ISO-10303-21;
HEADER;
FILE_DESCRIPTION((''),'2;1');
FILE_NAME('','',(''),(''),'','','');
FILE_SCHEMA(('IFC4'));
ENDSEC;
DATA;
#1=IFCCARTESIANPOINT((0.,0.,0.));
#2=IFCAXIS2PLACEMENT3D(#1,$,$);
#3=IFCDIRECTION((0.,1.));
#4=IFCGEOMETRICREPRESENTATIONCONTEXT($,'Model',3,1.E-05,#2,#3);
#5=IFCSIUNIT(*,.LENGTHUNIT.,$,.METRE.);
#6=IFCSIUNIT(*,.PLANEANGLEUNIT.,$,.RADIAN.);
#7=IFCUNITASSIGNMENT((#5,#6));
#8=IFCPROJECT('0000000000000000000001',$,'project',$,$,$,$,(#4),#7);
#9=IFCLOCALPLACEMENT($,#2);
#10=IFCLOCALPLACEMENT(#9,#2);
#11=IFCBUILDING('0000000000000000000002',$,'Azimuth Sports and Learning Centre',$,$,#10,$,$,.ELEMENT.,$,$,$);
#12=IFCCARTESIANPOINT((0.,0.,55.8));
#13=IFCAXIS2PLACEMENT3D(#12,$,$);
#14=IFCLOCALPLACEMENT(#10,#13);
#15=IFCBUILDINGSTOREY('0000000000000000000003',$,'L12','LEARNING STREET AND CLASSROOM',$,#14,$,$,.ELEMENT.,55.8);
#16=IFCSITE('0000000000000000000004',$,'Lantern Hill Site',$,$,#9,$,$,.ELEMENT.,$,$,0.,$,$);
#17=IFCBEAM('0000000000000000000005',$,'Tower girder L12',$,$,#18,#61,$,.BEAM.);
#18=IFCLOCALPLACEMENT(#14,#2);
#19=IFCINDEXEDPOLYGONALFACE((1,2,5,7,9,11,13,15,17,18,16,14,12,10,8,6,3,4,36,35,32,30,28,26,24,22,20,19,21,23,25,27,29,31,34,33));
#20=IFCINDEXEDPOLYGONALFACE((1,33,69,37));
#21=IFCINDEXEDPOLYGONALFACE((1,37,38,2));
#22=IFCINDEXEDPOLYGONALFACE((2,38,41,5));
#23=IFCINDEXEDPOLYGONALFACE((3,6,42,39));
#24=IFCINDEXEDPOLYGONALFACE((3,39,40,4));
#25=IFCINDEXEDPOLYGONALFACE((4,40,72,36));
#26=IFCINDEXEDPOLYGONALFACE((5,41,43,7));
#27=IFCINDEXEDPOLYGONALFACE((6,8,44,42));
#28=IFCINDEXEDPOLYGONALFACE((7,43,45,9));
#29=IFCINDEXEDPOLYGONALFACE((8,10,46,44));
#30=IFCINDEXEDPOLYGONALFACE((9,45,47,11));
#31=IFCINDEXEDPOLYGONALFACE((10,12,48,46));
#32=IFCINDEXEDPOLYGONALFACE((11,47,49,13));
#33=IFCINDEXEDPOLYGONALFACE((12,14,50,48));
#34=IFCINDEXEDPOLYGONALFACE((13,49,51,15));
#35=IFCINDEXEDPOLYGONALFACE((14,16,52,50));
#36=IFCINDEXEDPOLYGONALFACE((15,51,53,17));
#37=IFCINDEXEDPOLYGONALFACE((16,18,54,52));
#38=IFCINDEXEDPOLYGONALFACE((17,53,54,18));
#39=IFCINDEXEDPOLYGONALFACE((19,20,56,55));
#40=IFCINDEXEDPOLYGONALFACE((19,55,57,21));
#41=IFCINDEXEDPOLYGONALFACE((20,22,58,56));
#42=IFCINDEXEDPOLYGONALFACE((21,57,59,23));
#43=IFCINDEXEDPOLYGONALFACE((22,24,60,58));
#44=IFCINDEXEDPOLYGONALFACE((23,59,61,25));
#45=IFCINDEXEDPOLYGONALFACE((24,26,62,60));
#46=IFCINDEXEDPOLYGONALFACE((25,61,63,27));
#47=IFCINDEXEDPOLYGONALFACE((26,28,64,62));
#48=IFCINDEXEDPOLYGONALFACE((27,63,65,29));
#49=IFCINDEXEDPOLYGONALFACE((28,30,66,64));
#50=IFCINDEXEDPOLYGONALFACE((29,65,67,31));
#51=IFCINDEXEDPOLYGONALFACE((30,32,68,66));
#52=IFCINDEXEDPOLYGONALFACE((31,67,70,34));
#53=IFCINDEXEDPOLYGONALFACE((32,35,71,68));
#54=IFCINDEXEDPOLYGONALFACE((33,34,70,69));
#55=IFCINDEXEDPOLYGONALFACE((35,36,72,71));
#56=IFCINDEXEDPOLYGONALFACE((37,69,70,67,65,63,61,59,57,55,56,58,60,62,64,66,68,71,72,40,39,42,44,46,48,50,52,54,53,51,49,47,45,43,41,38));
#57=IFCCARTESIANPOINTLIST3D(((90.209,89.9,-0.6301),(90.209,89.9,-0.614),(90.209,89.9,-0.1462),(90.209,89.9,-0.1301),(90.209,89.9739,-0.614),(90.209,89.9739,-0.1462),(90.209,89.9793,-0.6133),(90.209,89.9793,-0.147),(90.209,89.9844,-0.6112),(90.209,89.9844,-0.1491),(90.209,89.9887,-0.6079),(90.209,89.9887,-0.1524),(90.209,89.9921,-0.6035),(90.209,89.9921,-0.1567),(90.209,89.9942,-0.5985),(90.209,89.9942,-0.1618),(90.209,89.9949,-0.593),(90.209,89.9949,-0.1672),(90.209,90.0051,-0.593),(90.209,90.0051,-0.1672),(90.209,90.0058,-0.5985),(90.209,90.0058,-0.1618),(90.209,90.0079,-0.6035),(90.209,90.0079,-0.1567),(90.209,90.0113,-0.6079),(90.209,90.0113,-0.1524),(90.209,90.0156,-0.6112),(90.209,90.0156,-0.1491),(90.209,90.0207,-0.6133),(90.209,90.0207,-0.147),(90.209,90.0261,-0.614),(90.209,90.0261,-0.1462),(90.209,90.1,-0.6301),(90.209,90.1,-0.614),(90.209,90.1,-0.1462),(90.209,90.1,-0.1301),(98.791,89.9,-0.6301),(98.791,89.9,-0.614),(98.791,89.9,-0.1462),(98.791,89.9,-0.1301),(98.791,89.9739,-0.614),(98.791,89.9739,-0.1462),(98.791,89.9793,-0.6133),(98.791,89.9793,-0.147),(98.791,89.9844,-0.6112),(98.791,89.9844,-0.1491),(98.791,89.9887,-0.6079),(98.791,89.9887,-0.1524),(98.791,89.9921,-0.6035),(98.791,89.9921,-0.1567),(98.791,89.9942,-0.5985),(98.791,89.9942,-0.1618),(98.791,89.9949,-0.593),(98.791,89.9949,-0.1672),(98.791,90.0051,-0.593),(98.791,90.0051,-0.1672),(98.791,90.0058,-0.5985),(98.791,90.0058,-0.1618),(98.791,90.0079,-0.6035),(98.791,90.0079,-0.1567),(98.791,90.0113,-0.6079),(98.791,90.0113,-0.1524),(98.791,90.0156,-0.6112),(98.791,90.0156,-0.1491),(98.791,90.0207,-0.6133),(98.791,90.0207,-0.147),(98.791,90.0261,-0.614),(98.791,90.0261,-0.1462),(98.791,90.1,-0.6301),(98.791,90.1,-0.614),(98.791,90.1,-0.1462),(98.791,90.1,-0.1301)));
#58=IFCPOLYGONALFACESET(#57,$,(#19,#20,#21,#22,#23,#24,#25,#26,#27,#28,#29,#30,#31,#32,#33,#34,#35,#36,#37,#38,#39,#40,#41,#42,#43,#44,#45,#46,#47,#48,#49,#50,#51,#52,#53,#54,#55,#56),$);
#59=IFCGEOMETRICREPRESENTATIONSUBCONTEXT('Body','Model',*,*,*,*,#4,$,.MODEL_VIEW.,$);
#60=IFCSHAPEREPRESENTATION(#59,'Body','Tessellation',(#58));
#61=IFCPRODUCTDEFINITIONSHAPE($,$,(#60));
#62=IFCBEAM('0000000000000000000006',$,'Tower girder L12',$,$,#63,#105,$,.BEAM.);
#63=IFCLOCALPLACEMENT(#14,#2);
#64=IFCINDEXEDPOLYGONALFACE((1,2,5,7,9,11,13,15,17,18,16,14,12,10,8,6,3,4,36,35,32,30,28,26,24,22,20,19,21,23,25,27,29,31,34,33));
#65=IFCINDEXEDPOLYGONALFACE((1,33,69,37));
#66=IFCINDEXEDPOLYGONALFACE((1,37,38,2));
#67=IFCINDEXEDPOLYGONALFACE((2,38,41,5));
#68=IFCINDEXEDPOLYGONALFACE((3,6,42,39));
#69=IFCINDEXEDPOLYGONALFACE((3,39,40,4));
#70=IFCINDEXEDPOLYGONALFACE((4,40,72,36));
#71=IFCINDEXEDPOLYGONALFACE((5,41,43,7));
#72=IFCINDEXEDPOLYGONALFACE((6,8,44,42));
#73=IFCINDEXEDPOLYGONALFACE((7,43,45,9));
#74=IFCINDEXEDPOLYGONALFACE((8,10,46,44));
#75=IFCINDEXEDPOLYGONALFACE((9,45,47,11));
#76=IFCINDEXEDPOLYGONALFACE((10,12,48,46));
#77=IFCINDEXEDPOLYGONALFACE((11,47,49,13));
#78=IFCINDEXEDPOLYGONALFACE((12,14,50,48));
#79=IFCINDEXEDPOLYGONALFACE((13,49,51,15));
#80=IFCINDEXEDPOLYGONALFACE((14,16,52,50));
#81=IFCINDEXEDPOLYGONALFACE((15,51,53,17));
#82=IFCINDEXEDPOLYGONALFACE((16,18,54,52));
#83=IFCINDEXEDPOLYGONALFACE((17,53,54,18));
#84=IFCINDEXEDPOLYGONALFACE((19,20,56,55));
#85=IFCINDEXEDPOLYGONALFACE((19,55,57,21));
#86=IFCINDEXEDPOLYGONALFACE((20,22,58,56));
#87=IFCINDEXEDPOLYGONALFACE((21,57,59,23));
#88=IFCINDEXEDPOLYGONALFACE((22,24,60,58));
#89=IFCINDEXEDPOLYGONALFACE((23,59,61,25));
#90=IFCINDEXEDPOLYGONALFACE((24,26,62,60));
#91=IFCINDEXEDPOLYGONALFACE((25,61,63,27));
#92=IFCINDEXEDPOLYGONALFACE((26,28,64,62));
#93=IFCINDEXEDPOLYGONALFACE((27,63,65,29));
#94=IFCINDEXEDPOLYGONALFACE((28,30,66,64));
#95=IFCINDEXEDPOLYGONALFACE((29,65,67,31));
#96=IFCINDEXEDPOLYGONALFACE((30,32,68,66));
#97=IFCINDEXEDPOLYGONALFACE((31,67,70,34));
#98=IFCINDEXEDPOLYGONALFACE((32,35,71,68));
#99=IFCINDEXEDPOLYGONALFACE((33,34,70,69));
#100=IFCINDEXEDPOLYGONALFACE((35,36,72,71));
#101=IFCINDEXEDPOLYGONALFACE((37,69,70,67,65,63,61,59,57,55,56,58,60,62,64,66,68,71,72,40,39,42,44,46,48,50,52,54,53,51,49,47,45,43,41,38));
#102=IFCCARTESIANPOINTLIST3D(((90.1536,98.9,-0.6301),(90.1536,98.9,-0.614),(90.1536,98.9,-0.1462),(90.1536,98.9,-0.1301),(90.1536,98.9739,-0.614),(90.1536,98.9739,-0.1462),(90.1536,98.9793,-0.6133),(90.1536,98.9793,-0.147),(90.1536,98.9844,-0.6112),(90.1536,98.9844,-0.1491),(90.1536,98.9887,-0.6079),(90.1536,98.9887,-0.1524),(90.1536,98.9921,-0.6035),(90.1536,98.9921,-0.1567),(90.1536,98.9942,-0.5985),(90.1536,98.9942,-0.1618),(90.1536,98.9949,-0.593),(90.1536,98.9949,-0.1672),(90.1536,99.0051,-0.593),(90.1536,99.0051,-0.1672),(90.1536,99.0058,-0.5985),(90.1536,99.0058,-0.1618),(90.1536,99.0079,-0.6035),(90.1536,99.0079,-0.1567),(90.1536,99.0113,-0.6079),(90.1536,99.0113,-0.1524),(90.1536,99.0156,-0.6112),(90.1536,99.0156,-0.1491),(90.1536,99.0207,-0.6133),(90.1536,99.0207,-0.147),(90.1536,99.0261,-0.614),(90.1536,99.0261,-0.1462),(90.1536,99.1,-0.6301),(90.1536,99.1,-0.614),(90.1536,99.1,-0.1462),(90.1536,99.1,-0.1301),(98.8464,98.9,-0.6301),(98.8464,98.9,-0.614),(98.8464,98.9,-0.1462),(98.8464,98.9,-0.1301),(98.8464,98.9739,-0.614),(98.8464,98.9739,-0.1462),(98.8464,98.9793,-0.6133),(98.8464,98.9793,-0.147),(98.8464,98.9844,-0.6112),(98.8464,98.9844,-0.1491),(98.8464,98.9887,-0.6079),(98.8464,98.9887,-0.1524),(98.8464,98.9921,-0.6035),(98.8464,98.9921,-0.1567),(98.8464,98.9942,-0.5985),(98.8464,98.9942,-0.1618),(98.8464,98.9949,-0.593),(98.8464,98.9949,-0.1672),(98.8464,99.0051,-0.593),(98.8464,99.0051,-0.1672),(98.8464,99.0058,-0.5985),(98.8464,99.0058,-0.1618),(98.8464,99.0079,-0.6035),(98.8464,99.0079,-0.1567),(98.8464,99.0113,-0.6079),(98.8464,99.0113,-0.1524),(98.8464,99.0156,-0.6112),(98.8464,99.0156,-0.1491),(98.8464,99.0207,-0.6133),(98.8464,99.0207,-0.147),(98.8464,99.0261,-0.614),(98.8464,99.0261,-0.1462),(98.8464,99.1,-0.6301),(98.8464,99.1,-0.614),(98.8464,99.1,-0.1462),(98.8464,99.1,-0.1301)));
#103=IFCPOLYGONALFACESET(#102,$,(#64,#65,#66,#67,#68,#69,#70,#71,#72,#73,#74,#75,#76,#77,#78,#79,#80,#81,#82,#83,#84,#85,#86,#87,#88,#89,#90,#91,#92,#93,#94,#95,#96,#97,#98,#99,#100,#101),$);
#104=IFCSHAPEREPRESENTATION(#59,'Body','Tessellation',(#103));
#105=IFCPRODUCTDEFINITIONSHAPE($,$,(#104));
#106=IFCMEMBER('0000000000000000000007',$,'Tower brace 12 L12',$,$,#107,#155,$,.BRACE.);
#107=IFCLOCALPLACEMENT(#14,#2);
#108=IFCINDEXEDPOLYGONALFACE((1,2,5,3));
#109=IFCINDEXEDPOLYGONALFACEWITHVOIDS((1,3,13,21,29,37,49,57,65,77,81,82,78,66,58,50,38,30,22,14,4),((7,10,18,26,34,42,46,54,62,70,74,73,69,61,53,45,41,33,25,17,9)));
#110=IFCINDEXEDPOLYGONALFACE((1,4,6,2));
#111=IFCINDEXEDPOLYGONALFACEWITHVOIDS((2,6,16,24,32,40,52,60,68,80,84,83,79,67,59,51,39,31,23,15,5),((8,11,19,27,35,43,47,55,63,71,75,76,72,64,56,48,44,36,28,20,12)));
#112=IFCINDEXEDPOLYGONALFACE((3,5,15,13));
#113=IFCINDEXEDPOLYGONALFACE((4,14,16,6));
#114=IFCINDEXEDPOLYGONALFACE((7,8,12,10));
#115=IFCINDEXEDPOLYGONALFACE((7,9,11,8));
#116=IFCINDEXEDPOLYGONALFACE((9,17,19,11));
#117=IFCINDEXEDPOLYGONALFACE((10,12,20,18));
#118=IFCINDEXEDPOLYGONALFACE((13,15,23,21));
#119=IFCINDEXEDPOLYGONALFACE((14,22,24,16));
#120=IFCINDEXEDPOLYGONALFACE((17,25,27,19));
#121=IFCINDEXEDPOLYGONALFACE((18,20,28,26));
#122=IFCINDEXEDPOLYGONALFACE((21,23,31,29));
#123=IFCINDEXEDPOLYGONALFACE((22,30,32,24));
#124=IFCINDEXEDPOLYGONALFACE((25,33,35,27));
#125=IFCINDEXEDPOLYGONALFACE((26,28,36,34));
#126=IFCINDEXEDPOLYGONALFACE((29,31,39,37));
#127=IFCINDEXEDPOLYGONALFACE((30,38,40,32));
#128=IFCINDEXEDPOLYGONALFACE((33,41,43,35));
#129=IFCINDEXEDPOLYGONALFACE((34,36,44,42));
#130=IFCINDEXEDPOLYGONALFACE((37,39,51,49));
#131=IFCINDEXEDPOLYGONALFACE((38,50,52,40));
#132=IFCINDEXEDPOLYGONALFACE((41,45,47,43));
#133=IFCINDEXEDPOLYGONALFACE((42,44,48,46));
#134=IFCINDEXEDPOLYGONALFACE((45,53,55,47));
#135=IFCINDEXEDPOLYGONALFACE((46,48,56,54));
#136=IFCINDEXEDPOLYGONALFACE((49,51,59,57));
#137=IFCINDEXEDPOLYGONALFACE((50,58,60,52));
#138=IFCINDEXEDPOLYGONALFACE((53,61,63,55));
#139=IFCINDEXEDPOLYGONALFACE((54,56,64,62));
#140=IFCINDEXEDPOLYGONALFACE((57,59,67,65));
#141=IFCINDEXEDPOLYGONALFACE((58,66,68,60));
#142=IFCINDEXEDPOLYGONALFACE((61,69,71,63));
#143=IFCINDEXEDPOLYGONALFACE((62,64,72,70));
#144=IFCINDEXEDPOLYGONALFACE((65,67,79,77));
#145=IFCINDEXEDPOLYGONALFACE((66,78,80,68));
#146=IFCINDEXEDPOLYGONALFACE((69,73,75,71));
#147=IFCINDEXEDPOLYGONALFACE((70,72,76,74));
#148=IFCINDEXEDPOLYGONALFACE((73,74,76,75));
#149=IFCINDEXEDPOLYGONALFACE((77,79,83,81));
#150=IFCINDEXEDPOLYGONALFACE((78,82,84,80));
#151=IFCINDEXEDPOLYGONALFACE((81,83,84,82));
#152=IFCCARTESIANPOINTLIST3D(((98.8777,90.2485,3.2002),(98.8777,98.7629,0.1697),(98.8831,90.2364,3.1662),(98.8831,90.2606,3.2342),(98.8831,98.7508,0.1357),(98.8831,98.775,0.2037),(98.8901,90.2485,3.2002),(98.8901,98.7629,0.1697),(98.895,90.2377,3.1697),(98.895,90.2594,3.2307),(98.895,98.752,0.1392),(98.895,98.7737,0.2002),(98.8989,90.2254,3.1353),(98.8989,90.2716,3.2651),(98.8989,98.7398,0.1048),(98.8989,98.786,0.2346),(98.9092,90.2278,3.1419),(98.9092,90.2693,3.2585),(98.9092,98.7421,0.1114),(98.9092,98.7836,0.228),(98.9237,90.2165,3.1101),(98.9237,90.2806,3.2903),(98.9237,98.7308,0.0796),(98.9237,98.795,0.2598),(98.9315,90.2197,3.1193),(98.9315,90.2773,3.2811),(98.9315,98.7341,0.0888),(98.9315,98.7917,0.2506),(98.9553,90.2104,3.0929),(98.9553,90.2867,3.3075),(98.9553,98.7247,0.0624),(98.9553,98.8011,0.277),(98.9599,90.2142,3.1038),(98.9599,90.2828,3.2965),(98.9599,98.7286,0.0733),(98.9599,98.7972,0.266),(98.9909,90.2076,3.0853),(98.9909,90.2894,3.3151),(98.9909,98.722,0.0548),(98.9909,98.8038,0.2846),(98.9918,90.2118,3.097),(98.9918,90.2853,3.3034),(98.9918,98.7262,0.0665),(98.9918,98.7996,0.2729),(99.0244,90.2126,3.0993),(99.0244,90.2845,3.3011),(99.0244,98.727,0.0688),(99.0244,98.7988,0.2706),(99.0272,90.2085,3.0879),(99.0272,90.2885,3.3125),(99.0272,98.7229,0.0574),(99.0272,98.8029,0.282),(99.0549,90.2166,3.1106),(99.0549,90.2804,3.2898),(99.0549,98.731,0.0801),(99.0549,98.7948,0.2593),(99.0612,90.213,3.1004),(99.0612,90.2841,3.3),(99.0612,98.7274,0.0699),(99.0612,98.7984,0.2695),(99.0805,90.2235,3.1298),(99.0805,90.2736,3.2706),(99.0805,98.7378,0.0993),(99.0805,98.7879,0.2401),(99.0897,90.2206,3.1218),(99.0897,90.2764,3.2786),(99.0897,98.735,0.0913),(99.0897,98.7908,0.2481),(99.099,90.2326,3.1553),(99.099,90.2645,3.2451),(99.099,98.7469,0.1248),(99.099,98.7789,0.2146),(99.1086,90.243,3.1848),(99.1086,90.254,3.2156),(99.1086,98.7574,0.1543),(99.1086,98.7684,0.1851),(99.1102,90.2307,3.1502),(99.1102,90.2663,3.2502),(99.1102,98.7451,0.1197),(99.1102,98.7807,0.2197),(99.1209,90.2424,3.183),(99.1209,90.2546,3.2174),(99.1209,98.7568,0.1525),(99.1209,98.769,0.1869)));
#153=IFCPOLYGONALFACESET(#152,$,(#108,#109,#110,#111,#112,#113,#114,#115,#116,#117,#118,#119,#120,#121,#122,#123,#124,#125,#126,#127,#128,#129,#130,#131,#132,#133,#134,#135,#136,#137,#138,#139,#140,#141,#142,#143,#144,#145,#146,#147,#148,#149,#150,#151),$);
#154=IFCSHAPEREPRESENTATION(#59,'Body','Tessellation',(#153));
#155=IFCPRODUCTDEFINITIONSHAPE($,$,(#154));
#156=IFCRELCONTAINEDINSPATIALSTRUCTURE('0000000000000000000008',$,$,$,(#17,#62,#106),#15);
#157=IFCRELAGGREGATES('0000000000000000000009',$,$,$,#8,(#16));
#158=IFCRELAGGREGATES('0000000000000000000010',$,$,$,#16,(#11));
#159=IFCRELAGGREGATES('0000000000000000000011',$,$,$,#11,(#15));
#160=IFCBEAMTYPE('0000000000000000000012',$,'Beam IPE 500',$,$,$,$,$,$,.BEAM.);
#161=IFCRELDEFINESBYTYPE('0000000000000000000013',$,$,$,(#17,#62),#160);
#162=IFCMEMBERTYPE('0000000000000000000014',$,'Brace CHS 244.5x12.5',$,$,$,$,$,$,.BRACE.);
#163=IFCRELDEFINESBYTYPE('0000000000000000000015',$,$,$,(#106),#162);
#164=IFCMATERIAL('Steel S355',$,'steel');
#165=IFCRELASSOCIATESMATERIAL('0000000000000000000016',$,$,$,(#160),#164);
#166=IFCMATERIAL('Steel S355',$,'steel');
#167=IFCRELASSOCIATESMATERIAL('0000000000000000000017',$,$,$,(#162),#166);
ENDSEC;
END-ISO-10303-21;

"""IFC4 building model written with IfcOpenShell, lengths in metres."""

from ifc_helpers import new_model, si_unit, direction, frame, origin, origin_2d, place, context, subcontext, project, spatial, hollow_circle, i_section, extrude, material, material_profile, profile_set, type_object, element, save


model = new_model("IFC4")

# Units and contexts
model_context = context("Model", 3, precision=1e-05, world=origin(), true_north=direction((0.0, 1.0)))
body_context = subcontext(model_context, "Body", "Model", "MODEL_VIEW")
ifc_project = project(units=[si_unit("LENGTHUNIT", "METRE"), si_unit("PLANEANGLEUNIT", "RADIAN")], contexts=[model_context])

# Site, building, storey
site_placement = place(None, origin())
site = spatial("IfcSite", under=ifc_project, at=site_placement, Name="Lantern Hill Site", CompositionType="ELEMENT", RefElevation=0.0)
building_placement = place(site_placement, origin())
building = spatial("IfcBuilding", under=site, at=building_placement, Name="Azimuth Sports and Learning Centre", CompositionType="ELEMENT")
storey_placement = place(building_placement, frame((0.0, 0.0, 55.8)))
storey = spatial("IfcBuildingStorey", under=building, at=storey_placement, Name="L12", Description="LEARNING STREET AND CLASSROOM", CompositionType="ELEMENT", Elevation=55.8)

# Beams
ifc_material_1 = material(Name="Steel S355", Category="steel")
ifc_material_profile_1 = material_profile(ifc_material_1, i_section(OverallWidth=0.2, OverallDepth=0.5, WebThickness=0.0103, FlangeThickness=0.0161, FilletRadius=0.021, at=origin_2d()), Name="IPE 500")
ifc_profile_set_1 = profile_set([ifc_material_profile_1], Name="Steel S355")
beam_type_1 = type_object("IfcBeamType", Name="Beam IPE 500", PredefinedType="BEAM", material=ifc_profile_set_1)
beam_1_placement = place(storey_placement, frame((90.209, 90.0, -0.3801), z_axis=(1.0, 0.0, 0.0), x_axis=(0.0, 1.0, 0.0)))
element("IfcBeam", 1, at=beam_1_placement, inside=storey, type_object=beam_type_1, Name="Tower girder L12", PredefinedType="BEAM", context=body_context, shape_type="SweptSolid", body=[
    extrude(i_section(OverallWidth=0.2, OverallDepth=0.5, WebThickness=0.0103, FlangeThickness=0.0161, FilletRadius=0.021, at=origin_2d()), origin(), (0.0, 0.0, 1.0), 8.582),
])
beam_2_placement = place(storey_placement, frame((90.1536, 99.0, -0.3801), z_axis=(1.0, 0.0, 0.0), x_axis=(0.0, 1.0, 0.0)))
element("IfcBeam", 2, at=beam_2_placement, inside=storey, type_object=beam_type_1, Name="Tower girder L12", PredefinedType="BEAM", context=body_context, shape_type="SweptSolid", body=[
    extrude(i_section(OverallWidth=0.2, OverallDepth=0.5, WebThickness=0.0103, FlangeThickness=0.0161, FilletRadius=0.021, at=origin_2d()), origin(), (0.0, 0.0, 1.0), 8.6929),
])

# Member
ifc_material_2 = material(Name="Steel S355", Category="steel")
ifc_material_profile_2 = material_profile(ifc_material_2, hollow_circle(Radius=0.1223, WallThickness=0.0125, at=origin_2d()), Name="CHS 244.5x12.5")
ifc_profile_set_2 = profile_set([ifc_material_profile_2], Name="Steel S355")
member_type_1 = type_object("IfcMemberType", Name="Brace CHS 244.5x12.5", PredefinedType="BRACE", material=ifc_profile_set_2)
member_1_placement = place(storey_placement, frame((99.0, 90.2485, 3.2002), z_axis=(0.0, 0.942104, -0.335321), x_axis=(-1.0, 0.0, 0.0)))
element("IfcMember", 3, at=member_1_placement, inside=storey, type_object=member_type_1, Name="Tower brace 12 L12", PredefinedType="BRACE", context=body_context, shape_type="SweptSolid", body=[
    extrude(hollow_circle(Radius=0.1223, WallThickness=0.0125, at=origin_2d()), origin(), (0.0, 0.0, 1.0), 9.0376),
])

save(model, "model.ifc")
